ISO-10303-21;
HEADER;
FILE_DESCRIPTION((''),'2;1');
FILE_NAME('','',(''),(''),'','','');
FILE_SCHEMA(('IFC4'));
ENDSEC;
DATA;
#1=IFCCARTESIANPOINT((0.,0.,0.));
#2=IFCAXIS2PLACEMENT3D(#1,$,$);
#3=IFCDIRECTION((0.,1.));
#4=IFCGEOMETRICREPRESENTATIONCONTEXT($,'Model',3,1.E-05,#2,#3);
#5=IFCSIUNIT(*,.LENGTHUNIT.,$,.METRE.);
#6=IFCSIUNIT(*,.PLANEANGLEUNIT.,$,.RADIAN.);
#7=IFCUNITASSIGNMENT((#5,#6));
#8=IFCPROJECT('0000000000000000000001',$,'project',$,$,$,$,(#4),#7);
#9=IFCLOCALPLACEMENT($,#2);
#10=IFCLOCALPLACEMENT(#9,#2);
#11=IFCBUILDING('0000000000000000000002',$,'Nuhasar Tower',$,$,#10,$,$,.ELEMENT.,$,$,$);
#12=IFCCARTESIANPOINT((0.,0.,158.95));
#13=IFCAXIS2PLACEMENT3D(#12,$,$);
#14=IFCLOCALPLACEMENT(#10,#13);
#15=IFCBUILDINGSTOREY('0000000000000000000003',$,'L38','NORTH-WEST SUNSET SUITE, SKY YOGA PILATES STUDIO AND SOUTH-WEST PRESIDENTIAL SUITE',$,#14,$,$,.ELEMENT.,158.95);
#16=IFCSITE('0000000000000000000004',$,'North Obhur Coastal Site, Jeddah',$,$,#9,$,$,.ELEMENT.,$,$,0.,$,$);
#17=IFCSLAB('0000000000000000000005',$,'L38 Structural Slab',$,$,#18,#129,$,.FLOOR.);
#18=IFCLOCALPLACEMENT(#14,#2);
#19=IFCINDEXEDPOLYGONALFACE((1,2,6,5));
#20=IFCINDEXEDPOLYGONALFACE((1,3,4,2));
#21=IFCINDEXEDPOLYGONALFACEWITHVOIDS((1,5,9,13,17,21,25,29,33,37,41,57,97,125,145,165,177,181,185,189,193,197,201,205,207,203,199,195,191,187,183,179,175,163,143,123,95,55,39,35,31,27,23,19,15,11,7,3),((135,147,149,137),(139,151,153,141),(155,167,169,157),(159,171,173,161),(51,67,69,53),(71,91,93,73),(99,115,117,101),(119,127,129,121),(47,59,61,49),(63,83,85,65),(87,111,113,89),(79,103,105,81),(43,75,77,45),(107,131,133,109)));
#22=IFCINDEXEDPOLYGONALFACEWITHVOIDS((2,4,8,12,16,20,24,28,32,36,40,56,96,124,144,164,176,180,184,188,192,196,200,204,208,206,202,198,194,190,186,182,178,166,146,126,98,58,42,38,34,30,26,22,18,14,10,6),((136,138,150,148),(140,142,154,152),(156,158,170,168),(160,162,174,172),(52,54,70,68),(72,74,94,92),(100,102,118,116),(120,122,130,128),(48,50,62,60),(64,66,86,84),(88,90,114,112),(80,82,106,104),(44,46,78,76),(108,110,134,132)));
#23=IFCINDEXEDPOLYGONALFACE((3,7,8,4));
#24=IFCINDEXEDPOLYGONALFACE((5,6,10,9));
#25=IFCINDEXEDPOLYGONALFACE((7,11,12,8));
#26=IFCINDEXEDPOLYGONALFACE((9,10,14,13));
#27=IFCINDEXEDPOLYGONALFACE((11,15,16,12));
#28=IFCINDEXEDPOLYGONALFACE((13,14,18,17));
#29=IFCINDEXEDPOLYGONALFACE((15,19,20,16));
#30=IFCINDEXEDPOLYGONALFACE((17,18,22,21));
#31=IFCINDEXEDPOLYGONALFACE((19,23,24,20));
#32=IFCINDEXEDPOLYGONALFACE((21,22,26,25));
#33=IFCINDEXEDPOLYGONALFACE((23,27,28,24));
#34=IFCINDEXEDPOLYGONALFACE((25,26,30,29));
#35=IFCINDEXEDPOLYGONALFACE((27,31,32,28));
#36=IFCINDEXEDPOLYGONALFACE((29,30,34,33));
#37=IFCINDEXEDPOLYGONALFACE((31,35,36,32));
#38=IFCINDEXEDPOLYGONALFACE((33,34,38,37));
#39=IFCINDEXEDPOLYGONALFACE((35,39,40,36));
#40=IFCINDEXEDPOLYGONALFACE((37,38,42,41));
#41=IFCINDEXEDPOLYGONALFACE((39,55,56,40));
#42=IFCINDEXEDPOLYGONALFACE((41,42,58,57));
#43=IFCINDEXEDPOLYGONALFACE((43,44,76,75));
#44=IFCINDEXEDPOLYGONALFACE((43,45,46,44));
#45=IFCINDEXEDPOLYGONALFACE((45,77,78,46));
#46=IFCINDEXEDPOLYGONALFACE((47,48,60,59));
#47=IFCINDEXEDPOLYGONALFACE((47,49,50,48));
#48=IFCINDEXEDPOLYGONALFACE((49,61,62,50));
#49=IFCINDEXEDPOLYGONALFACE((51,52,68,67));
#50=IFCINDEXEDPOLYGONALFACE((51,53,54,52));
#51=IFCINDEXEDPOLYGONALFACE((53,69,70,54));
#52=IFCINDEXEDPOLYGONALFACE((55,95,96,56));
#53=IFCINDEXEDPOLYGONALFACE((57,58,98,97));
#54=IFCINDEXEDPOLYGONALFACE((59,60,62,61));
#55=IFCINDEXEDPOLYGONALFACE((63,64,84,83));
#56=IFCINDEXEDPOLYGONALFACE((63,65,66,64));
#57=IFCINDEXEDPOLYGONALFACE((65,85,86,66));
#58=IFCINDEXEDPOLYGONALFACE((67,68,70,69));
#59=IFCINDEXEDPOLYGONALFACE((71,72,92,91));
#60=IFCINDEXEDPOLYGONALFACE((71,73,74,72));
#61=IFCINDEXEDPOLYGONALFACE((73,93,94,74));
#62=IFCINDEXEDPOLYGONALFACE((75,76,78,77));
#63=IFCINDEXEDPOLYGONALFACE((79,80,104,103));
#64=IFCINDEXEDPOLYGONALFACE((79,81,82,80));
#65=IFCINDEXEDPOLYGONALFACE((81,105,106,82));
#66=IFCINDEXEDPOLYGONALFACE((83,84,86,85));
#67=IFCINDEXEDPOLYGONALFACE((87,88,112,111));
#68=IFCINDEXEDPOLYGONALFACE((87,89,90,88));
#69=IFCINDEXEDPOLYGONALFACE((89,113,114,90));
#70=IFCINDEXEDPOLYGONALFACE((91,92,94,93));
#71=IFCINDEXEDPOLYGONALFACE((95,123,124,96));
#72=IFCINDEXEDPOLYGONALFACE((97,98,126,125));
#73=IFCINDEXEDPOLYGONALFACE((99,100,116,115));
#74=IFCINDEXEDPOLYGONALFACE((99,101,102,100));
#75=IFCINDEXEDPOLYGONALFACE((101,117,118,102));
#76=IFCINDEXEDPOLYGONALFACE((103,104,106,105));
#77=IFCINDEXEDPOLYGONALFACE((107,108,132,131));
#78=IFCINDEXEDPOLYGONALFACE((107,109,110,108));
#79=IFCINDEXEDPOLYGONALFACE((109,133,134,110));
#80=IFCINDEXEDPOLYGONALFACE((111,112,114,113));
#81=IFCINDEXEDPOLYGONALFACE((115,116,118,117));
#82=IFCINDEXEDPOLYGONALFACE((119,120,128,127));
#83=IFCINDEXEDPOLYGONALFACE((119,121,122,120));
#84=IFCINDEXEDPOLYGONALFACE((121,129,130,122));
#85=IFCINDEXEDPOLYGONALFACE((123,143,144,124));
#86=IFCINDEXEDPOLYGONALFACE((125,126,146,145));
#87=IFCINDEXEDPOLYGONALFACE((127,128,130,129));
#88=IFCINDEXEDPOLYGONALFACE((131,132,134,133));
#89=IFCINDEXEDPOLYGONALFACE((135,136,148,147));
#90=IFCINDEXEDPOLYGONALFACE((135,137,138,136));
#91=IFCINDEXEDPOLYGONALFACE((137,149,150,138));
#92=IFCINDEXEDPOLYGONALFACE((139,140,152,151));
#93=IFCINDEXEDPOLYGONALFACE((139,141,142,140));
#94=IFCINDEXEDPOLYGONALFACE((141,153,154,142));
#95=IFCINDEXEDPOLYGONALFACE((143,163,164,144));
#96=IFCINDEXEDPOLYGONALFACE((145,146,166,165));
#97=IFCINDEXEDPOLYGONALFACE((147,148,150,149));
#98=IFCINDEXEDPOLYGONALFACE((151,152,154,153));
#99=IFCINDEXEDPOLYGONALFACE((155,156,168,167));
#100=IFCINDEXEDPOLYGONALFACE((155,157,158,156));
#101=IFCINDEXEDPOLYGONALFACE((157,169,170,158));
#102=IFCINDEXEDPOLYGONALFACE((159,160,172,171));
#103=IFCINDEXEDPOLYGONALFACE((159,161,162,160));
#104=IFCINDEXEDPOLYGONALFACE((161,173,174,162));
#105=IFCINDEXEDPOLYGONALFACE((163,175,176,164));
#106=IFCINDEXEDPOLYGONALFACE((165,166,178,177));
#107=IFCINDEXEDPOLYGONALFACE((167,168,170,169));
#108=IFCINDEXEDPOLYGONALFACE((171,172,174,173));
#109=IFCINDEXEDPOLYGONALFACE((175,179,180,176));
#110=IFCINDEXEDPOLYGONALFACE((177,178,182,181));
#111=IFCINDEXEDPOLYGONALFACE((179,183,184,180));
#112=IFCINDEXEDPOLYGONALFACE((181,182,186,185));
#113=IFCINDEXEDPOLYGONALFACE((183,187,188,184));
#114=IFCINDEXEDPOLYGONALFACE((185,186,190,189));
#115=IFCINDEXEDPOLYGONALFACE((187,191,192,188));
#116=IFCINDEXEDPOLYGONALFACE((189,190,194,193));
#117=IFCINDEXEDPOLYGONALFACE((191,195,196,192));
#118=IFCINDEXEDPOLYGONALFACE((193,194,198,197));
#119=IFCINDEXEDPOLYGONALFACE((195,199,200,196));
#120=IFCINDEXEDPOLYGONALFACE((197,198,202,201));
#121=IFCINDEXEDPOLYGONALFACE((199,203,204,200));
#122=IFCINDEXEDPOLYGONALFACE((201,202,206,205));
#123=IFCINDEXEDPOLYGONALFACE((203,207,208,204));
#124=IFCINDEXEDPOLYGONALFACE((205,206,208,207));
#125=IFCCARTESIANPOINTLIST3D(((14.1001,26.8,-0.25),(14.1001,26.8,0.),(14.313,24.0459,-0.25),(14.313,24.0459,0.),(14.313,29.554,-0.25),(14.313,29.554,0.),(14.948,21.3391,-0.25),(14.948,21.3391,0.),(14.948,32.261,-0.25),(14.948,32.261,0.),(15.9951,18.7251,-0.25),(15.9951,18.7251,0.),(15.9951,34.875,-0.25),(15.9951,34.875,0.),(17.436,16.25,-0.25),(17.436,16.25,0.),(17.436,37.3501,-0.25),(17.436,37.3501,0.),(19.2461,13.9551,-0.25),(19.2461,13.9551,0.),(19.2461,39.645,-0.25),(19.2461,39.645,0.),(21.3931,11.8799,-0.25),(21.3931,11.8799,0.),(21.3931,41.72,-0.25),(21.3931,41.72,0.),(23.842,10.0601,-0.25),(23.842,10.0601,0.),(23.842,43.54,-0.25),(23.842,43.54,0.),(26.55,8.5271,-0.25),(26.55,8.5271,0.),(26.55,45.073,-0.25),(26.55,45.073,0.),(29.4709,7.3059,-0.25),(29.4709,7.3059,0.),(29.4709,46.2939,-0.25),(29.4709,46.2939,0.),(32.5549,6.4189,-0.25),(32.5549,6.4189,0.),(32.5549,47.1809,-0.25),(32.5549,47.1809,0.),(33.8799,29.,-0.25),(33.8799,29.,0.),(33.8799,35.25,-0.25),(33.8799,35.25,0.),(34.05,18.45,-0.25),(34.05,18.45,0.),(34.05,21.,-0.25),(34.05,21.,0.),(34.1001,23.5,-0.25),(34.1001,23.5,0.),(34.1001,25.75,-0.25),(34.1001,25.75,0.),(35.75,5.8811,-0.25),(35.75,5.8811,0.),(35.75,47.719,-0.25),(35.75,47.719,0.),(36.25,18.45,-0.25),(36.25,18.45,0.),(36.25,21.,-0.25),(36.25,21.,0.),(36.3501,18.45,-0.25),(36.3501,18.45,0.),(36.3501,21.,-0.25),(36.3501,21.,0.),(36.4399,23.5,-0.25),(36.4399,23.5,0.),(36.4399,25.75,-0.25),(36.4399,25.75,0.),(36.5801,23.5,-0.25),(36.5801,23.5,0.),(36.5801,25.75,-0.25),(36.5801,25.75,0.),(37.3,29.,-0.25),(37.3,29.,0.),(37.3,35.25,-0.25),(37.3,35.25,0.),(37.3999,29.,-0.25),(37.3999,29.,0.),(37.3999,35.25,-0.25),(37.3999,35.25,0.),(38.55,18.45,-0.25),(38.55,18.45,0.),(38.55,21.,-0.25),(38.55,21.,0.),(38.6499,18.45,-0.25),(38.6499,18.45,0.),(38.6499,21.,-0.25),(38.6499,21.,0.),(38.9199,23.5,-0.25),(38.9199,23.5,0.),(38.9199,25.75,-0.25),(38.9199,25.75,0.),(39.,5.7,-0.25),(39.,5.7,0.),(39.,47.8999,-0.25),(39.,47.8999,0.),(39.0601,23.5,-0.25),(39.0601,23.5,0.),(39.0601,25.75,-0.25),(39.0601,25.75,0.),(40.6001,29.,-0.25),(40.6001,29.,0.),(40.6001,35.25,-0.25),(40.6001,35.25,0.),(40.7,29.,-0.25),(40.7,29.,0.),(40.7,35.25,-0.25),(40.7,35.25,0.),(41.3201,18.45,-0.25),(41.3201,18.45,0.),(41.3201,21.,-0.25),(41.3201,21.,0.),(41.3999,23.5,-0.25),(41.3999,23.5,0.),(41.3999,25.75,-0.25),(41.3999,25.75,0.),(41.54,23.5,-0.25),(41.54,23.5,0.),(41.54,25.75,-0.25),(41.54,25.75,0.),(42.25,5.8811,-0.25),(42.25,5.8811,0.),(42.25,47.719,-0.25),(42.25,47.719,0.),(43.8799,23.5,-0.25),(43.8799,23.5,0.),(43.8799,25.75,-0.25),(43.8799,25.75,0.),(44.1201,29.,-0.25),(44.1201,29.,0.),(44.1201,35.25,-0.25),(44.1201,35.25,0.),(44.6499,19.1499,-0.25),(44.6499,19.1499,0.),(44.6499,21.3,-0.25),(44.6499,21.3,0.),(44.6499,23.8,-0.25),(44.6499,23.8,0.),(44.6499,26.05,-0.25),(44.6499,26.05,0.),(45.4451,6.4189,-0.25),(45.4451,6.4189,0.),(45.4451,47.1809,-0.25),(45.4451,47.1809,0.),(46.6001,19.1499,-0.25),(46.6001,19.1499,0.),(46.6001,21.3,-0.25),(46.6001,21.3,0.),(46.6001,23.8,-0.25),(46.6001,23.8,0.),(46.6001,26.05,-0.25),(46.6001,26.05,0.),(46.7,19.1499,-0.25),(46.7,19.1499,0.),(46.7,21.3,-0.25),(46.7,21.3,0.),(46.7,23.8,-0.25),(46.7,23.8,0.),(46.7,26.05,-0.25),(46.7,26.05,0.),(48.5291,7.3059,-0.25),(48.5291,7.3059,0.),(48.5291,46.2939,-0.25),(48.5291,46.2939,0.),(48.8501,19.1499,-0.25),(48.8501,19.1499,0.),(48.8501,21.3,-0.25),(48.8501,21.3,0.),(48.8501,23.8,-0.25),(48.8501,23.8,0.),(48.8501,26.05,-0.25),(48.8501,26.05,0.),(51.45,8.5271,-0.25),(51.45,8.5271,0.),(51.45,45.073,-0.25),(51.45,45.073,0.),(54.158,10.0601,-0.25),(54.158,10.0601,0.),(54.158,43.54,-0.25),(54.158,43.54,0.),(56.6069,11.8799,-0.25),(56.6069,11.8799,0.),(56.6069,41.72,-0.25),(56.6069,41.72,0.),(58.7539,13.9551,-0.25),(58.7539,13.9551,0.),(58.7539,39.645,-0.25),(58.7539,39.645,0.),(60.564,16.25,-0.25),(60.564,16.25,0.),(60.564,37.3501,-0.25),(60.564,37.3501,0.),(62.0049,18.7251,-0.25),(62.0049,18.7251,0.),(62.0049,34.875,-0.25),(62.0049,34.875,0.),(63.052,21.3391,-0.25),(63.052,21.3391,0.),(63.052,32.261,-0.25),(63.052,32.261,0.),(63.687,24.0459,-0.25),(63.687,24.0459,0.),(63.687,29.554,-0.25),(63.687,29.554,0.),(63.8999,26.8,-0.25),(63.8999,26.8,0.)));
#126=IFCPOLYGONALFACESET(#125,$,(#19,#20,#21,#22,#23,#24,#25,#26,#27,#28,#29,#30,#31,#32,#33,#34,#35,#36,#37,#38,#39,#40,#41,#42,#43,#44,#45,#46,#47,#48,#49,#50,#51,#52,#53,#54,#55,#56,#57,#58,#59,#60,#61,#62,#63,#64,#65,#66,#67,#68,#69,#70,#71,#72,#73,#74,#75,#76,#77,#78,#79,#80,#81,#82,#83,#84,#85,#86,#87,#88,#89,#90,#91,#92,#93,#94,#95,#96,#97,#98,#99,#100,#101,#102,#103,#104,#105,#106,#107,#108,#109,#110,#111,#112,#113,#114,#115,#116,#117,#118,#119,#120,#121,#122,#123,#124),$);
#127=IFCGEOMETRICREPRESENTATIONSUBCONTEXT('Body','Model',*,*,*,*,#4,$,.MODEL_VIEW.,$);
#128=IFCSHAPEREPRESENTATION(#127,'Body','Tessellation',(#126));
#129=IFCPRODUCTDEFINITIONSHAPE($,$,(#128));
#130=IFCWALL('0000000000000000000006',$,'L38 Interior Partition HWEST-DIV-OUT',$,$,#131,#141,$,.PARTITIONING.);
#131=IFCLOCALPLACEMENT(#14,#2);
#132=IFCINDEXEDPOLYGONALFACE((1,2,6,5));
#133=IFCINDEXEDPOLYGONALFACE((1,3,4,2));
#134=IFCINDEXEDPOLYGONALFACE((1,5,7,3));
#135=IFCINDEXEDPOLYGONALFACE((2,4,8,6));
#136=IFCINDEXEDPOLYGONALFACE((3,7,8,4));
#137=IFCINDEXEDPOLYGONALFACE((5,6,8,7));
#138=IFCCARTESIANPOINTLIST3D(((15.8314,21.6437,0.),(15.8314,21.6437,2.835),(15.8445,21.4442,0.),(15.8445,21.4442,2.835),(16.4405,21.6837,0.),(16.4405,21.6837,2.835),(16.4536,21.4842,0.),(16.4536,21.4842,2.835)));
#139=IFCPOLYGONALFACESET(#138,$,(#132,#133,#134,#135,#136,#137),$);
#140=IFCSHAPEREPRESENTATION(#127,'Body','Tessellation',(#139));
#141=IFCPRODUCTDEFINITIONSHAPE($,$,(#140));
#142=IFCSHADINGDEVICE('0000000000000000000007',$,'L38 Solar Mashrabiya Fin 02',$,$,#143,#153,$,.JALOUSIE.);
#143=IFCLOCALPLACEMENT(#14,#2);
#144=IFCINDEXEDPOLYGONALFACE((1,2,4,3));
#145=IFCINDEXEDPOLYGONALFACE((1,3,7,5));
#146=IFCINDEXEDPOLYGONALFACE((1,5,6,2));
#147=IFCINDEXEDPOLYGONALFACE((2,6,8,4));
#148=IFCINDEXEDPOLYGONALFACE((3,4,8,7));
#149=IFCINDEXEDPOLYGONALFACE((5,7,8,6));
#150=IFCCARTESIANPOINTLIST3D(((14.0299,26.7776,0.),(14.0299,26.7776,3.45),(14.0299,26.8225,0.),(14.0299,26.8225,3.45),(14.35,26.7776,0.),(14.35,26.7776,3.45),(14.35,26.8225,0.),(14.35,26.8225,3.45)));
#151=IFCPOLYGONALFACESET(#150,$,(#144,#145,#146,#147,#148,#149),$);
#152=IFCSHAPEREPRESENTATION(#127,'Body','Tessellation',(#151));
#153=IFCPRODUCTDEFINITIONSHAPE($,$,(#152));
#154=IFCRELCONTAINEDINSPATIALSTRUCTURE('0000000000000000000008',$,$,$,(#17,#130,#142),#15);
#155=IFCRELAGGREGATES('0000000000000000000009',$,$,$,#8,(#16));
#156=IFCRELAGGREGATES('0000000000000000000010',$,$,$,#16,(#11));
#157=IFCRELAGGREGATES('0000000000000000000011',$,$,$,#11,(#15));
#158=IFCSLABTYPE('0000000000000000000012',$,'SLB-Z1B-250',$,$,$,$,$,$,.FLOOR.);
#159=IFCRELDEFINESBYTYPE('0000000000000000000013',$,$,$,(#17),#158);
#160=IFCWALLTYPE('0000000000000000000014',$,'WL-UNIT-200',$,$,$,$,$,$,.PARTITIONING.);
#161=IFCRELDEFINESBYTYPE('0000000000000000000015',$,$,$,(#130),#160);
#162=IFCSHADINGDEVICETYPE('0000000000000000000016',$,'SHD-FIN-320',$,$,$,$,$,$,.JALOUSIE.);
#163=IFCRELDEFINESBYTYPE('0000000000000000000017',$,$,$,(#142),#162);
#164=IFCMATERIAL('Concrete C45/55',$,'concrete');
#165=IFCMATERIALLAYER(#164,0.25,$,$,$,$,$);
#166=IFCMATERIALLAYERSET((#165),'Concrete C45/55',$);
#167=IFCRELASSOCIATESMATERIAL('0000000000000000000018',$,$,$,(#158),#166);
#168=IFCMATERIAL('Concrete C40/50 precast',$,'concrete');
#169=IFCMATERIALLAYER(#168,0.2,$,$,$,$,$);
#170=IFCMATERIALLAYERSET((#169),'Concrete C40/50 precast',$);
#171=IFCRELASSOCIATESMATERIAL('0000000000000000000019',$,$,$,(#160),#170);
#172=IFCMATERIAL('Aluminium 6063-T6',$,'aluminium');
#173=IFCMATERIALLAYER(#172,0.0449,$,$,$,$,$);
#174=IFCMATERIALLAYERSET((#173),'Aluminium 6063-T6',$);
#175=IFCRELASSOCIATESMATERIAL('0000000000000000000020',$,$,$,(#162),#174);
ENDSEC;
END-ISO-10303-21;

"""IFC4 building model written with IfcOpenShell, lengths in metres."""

from ifc_helpers import new_model, si_unit, direction, frame, frame_2d, origin, origin_2d, place, context, subcontext, project, spatial, polyline, rectangle, outline, extrude, material, layer, layer_set, type_object, element, save


model = new_model("IFC4")

# Units and contexts
model_context = context("Model", 3, precision=1e-05, world=origin(), true_north=direction((0.0, 1.0)))
body_context = subcontext(model_context, "Body", "Model", "MODEL_VIEW")
ifc_project = project(units=[si_unit("LENGTHUNIT", "METRE"), si_unit("PLANEANGLEUNIT", "RADIAN")], contexts=[model_context])

# Site, building, storey
site_placement = place(None, origin())
site = spatial("IfcSite", under=ifc_project, at=site_placement, Name="North Obhur Coastal Site, Jeddah", CompositionType="ELEMENT", RefElevation=0.0)
building_placement = place(site_placement, origin())
building = spatial("IfcBuilding", under=site, at=building_placement, Name="Nuhasar Tower", CompositionType="ELEMENT")
storey_placement = place(building_placement, frame((0.0, 0.0, 158.95)))
storey = spatial("IfcBuildingStorey", under=building, at=storey_placement, Name="L38", Description="NORTH-WEST SUNSET SUITE, SKY YOGA PILATES STUDIO AND SOUTH-WEST PRESIDENTIAL SUITE", CompositionType="ELEMENT", Elevation=158.95)

# Shared definitions
ifc_material_1 = material(Name="Aluminium 6063-T6", Category="aluminium")

# Shared definitions
ifc_material_2 = material(Name="Concrete C45/55", Category="concrete")

# Slab
ifc_layer_1 = layer(ifc_material_2, 0.25)
ifc_layer_set_1 = layer_set([ifc_layer_1], Name="Concrete C45/55")
slab_type_1 = type_object("IfcSlabType", Name="SLB-Z1B-250", PredefinedType="FLOOR", material=ifc_layer_set_1)
slab_1_placement = place(storey_placement, frame((0.0, 0.0, -0.25)))
element("IfcSlab", 1, at=slab_1_placement, inside=storey, type_object=slab_type_1, Name="L38 Structural Slab", PredefinedType="FLOOR", context=body_context, shape_type="SweptSolid", body=[
    extrude(outline(polyline([(63.8999, 26.8), (63.687, 29.554), (63.052, 32.261), (62.0049, 34.875), (60.564, 37.3501), (58.7539, 39.645), (56.6069, 41.72), (54.158, 43.54), (51.45, 45.073), (48.5291, 46.2939), (45.4451, 47.1809), (42.25, 47.719), (39.0, 47.8999), (35.75, 47.719), (32.5549, 47.1809), (29.4709, 46.2939), (26.55, 45.073), (23.842, 43.54), (21.3931, 41.72), (19.2461, 39.645), (17.436, 37.3501), (15.9951, 34.875), (14.948, 32.261), (14.313, 29.554), (14.1001, 26.8), (14.313, 24.0459), (14.948, 21.3391), (15.9951, 18.7251), (17.436, 16.25), (19.2461, 13.9551), (21.3931, 11.8799), (23.842, 10.0601), (26.55, 8.5271), (29.4709, 7.3059), (32.5549, 6.4189), (35.75, 5.8811), (39.0, 5.7), (42.25, 5.8811), (45.4451, 6.4189), (48.5291, 7.3059), (51.45, 8.5271), (54.158, 10.0601), (56.6069, 11.8799), (58.7539, 13.9551), (60.564, 16.25), (62.0049, 18.7251), (63.052, 21.3391), (63.687, 24.0459), (63.8999, 26.8)]), holes=[polyline([(33.8799, 35.25), (37.3, 35.25), (37.3, 29.0), (33.8799, 29.0), (33.8799, 35.25)]), polyline([(37.3999, 35.25), (40.6001, 35.25), (40.6001, 29.0), (37.3999, 29.0), (37.3999, 35.25)]), polyline([(40.7, 35.25), (44.1201, 35.25), (44.1201, 29.0), (40.7, 29.0), (40.7, 35.25)]), polyline([(44.6499, 26.05), (46.6001, 26.05), (46.6001, 23.8), (44.6499, 23.8), (44.6499, 26.05)]), polyline([(46.7, 26.05), (48.8501, 26.05), (48.8501, 23.8), (46.7, 23.8), (46.7, 26.05)]), polyline([(44.6499, 21.3), (46.6001, 21.3), (46.6001, 19.1499), (44.6499, 19.1499), (44.6499, 21.3)]), polyline([(46.7, 21.3), (48.8501, 21.3), (48.8501, 19.1499), (46.7, 19.1499), (46.7, 21.3)]), polyline([(34.1001, 25.75), (36.4399, 25.75), (36.4399, 23.5), (34.1001, 23.5), (34.1001, 25.75)]), polyline([(36.5801, 25.75), (38.9199, 25.75), (38.9199, 23.5), (36.5801, 23.5), (36.5801, 25.75)]), polyline([(39.0601, 25.75), (41.3999, 25.75), (41.3999, 23.5), (39.0601, 23.5), (39.0601, 25.75)]), polyline([(41.54, 25.75), (43.8799, 25.75), (43.8799, 23.5), (41.54, 23.5), (41.54, 25.75)]), polyline([(34.05, 21.0), (36.25, 21.0), (36.25, 18.45), (34.05, 18.45), (34.05, 21.0)]), polyline([(36.3501, 21.0), (38.55, 21.0), (38.55, 18.45), (36.3501, 18.45), (36.3501, 21.0)]), polyline([(38.6499, 21.0), (41.3201, 21.0), (41.3201, 18.45), (38.6499, 18.45), (38.6499, 21.0)])]), origin(), (0.0, 0.0, 1.0), 0.25),
])

# Wall
ifc_material_3 = material(Name="Concrete C40/50 precast", Category="concrete")
ifc_layer_2 = layer(ifc_material_3, 0.2)
ifc_layer_set_2 = layer_set([ifc_layer_2], Name="Concrete C40/50 precast")
wall_type = type_object("IfcWallType", Name="WL-UNIT-200", PredefinedType="PARTITIONING", material=ifc_layer_set_2)
wall_placement = place(storey_placement, frame((16.447, 21.584, 0.0), z_axis=(0.0, 0.0, 1.0), x_axis=(-0.997847, -0.06559, 0.0)))
element("IfcWall", 2, at=wall_placement, inside=storey, type_object=wall_type, Name="L38 Interior Partition HWEST-DIV-OUT", PredefinedType="PARTITIONING", context=body_context, shape_type="SweptSolid", body=[
    extrude(rectangle(XDim=0.6104, YDim=0.2, at=frame_2d((0.3052, 0.0))), origin(), (0.0, 0.0, 1.0), 2.835),
])

# Shading device
ifc_layer_3 = layer(ifc_material_1, 0.0449)
ifc_layer_set_3 = layer_set([ifc_layer_3], Name="Aluminium 6063-T6")
shading_device_type = type_object("IfcShadingDeviceType", Name="SHD-FIN-320", PredefinedType="JALOUSIE", material=ifc_layer_set_3)
shading_device_placement = place(storey_placement, frame((14.1899, 26.8, 0.0), z_axis=(0.0, 0.0, 1.0), x_axis=(-1.0, 0.0, 0.0)))
element("IfcShadingDevice", 3, at=shading_device_placement, inside=storey, type_object=shading_device_type, Name="L38 Solar Mashrabiya Fin 02", PredefinedType="JALOUSIE", context=body_context, shape_type="SweptSolid", body=[
    extrude(rectangle(XDim=0.3201, YDim=0.0449, at=origin_2d()), origin(), (0.0, 0.0, 1.0), 3.45),
])

save(model, "model.ifc")
